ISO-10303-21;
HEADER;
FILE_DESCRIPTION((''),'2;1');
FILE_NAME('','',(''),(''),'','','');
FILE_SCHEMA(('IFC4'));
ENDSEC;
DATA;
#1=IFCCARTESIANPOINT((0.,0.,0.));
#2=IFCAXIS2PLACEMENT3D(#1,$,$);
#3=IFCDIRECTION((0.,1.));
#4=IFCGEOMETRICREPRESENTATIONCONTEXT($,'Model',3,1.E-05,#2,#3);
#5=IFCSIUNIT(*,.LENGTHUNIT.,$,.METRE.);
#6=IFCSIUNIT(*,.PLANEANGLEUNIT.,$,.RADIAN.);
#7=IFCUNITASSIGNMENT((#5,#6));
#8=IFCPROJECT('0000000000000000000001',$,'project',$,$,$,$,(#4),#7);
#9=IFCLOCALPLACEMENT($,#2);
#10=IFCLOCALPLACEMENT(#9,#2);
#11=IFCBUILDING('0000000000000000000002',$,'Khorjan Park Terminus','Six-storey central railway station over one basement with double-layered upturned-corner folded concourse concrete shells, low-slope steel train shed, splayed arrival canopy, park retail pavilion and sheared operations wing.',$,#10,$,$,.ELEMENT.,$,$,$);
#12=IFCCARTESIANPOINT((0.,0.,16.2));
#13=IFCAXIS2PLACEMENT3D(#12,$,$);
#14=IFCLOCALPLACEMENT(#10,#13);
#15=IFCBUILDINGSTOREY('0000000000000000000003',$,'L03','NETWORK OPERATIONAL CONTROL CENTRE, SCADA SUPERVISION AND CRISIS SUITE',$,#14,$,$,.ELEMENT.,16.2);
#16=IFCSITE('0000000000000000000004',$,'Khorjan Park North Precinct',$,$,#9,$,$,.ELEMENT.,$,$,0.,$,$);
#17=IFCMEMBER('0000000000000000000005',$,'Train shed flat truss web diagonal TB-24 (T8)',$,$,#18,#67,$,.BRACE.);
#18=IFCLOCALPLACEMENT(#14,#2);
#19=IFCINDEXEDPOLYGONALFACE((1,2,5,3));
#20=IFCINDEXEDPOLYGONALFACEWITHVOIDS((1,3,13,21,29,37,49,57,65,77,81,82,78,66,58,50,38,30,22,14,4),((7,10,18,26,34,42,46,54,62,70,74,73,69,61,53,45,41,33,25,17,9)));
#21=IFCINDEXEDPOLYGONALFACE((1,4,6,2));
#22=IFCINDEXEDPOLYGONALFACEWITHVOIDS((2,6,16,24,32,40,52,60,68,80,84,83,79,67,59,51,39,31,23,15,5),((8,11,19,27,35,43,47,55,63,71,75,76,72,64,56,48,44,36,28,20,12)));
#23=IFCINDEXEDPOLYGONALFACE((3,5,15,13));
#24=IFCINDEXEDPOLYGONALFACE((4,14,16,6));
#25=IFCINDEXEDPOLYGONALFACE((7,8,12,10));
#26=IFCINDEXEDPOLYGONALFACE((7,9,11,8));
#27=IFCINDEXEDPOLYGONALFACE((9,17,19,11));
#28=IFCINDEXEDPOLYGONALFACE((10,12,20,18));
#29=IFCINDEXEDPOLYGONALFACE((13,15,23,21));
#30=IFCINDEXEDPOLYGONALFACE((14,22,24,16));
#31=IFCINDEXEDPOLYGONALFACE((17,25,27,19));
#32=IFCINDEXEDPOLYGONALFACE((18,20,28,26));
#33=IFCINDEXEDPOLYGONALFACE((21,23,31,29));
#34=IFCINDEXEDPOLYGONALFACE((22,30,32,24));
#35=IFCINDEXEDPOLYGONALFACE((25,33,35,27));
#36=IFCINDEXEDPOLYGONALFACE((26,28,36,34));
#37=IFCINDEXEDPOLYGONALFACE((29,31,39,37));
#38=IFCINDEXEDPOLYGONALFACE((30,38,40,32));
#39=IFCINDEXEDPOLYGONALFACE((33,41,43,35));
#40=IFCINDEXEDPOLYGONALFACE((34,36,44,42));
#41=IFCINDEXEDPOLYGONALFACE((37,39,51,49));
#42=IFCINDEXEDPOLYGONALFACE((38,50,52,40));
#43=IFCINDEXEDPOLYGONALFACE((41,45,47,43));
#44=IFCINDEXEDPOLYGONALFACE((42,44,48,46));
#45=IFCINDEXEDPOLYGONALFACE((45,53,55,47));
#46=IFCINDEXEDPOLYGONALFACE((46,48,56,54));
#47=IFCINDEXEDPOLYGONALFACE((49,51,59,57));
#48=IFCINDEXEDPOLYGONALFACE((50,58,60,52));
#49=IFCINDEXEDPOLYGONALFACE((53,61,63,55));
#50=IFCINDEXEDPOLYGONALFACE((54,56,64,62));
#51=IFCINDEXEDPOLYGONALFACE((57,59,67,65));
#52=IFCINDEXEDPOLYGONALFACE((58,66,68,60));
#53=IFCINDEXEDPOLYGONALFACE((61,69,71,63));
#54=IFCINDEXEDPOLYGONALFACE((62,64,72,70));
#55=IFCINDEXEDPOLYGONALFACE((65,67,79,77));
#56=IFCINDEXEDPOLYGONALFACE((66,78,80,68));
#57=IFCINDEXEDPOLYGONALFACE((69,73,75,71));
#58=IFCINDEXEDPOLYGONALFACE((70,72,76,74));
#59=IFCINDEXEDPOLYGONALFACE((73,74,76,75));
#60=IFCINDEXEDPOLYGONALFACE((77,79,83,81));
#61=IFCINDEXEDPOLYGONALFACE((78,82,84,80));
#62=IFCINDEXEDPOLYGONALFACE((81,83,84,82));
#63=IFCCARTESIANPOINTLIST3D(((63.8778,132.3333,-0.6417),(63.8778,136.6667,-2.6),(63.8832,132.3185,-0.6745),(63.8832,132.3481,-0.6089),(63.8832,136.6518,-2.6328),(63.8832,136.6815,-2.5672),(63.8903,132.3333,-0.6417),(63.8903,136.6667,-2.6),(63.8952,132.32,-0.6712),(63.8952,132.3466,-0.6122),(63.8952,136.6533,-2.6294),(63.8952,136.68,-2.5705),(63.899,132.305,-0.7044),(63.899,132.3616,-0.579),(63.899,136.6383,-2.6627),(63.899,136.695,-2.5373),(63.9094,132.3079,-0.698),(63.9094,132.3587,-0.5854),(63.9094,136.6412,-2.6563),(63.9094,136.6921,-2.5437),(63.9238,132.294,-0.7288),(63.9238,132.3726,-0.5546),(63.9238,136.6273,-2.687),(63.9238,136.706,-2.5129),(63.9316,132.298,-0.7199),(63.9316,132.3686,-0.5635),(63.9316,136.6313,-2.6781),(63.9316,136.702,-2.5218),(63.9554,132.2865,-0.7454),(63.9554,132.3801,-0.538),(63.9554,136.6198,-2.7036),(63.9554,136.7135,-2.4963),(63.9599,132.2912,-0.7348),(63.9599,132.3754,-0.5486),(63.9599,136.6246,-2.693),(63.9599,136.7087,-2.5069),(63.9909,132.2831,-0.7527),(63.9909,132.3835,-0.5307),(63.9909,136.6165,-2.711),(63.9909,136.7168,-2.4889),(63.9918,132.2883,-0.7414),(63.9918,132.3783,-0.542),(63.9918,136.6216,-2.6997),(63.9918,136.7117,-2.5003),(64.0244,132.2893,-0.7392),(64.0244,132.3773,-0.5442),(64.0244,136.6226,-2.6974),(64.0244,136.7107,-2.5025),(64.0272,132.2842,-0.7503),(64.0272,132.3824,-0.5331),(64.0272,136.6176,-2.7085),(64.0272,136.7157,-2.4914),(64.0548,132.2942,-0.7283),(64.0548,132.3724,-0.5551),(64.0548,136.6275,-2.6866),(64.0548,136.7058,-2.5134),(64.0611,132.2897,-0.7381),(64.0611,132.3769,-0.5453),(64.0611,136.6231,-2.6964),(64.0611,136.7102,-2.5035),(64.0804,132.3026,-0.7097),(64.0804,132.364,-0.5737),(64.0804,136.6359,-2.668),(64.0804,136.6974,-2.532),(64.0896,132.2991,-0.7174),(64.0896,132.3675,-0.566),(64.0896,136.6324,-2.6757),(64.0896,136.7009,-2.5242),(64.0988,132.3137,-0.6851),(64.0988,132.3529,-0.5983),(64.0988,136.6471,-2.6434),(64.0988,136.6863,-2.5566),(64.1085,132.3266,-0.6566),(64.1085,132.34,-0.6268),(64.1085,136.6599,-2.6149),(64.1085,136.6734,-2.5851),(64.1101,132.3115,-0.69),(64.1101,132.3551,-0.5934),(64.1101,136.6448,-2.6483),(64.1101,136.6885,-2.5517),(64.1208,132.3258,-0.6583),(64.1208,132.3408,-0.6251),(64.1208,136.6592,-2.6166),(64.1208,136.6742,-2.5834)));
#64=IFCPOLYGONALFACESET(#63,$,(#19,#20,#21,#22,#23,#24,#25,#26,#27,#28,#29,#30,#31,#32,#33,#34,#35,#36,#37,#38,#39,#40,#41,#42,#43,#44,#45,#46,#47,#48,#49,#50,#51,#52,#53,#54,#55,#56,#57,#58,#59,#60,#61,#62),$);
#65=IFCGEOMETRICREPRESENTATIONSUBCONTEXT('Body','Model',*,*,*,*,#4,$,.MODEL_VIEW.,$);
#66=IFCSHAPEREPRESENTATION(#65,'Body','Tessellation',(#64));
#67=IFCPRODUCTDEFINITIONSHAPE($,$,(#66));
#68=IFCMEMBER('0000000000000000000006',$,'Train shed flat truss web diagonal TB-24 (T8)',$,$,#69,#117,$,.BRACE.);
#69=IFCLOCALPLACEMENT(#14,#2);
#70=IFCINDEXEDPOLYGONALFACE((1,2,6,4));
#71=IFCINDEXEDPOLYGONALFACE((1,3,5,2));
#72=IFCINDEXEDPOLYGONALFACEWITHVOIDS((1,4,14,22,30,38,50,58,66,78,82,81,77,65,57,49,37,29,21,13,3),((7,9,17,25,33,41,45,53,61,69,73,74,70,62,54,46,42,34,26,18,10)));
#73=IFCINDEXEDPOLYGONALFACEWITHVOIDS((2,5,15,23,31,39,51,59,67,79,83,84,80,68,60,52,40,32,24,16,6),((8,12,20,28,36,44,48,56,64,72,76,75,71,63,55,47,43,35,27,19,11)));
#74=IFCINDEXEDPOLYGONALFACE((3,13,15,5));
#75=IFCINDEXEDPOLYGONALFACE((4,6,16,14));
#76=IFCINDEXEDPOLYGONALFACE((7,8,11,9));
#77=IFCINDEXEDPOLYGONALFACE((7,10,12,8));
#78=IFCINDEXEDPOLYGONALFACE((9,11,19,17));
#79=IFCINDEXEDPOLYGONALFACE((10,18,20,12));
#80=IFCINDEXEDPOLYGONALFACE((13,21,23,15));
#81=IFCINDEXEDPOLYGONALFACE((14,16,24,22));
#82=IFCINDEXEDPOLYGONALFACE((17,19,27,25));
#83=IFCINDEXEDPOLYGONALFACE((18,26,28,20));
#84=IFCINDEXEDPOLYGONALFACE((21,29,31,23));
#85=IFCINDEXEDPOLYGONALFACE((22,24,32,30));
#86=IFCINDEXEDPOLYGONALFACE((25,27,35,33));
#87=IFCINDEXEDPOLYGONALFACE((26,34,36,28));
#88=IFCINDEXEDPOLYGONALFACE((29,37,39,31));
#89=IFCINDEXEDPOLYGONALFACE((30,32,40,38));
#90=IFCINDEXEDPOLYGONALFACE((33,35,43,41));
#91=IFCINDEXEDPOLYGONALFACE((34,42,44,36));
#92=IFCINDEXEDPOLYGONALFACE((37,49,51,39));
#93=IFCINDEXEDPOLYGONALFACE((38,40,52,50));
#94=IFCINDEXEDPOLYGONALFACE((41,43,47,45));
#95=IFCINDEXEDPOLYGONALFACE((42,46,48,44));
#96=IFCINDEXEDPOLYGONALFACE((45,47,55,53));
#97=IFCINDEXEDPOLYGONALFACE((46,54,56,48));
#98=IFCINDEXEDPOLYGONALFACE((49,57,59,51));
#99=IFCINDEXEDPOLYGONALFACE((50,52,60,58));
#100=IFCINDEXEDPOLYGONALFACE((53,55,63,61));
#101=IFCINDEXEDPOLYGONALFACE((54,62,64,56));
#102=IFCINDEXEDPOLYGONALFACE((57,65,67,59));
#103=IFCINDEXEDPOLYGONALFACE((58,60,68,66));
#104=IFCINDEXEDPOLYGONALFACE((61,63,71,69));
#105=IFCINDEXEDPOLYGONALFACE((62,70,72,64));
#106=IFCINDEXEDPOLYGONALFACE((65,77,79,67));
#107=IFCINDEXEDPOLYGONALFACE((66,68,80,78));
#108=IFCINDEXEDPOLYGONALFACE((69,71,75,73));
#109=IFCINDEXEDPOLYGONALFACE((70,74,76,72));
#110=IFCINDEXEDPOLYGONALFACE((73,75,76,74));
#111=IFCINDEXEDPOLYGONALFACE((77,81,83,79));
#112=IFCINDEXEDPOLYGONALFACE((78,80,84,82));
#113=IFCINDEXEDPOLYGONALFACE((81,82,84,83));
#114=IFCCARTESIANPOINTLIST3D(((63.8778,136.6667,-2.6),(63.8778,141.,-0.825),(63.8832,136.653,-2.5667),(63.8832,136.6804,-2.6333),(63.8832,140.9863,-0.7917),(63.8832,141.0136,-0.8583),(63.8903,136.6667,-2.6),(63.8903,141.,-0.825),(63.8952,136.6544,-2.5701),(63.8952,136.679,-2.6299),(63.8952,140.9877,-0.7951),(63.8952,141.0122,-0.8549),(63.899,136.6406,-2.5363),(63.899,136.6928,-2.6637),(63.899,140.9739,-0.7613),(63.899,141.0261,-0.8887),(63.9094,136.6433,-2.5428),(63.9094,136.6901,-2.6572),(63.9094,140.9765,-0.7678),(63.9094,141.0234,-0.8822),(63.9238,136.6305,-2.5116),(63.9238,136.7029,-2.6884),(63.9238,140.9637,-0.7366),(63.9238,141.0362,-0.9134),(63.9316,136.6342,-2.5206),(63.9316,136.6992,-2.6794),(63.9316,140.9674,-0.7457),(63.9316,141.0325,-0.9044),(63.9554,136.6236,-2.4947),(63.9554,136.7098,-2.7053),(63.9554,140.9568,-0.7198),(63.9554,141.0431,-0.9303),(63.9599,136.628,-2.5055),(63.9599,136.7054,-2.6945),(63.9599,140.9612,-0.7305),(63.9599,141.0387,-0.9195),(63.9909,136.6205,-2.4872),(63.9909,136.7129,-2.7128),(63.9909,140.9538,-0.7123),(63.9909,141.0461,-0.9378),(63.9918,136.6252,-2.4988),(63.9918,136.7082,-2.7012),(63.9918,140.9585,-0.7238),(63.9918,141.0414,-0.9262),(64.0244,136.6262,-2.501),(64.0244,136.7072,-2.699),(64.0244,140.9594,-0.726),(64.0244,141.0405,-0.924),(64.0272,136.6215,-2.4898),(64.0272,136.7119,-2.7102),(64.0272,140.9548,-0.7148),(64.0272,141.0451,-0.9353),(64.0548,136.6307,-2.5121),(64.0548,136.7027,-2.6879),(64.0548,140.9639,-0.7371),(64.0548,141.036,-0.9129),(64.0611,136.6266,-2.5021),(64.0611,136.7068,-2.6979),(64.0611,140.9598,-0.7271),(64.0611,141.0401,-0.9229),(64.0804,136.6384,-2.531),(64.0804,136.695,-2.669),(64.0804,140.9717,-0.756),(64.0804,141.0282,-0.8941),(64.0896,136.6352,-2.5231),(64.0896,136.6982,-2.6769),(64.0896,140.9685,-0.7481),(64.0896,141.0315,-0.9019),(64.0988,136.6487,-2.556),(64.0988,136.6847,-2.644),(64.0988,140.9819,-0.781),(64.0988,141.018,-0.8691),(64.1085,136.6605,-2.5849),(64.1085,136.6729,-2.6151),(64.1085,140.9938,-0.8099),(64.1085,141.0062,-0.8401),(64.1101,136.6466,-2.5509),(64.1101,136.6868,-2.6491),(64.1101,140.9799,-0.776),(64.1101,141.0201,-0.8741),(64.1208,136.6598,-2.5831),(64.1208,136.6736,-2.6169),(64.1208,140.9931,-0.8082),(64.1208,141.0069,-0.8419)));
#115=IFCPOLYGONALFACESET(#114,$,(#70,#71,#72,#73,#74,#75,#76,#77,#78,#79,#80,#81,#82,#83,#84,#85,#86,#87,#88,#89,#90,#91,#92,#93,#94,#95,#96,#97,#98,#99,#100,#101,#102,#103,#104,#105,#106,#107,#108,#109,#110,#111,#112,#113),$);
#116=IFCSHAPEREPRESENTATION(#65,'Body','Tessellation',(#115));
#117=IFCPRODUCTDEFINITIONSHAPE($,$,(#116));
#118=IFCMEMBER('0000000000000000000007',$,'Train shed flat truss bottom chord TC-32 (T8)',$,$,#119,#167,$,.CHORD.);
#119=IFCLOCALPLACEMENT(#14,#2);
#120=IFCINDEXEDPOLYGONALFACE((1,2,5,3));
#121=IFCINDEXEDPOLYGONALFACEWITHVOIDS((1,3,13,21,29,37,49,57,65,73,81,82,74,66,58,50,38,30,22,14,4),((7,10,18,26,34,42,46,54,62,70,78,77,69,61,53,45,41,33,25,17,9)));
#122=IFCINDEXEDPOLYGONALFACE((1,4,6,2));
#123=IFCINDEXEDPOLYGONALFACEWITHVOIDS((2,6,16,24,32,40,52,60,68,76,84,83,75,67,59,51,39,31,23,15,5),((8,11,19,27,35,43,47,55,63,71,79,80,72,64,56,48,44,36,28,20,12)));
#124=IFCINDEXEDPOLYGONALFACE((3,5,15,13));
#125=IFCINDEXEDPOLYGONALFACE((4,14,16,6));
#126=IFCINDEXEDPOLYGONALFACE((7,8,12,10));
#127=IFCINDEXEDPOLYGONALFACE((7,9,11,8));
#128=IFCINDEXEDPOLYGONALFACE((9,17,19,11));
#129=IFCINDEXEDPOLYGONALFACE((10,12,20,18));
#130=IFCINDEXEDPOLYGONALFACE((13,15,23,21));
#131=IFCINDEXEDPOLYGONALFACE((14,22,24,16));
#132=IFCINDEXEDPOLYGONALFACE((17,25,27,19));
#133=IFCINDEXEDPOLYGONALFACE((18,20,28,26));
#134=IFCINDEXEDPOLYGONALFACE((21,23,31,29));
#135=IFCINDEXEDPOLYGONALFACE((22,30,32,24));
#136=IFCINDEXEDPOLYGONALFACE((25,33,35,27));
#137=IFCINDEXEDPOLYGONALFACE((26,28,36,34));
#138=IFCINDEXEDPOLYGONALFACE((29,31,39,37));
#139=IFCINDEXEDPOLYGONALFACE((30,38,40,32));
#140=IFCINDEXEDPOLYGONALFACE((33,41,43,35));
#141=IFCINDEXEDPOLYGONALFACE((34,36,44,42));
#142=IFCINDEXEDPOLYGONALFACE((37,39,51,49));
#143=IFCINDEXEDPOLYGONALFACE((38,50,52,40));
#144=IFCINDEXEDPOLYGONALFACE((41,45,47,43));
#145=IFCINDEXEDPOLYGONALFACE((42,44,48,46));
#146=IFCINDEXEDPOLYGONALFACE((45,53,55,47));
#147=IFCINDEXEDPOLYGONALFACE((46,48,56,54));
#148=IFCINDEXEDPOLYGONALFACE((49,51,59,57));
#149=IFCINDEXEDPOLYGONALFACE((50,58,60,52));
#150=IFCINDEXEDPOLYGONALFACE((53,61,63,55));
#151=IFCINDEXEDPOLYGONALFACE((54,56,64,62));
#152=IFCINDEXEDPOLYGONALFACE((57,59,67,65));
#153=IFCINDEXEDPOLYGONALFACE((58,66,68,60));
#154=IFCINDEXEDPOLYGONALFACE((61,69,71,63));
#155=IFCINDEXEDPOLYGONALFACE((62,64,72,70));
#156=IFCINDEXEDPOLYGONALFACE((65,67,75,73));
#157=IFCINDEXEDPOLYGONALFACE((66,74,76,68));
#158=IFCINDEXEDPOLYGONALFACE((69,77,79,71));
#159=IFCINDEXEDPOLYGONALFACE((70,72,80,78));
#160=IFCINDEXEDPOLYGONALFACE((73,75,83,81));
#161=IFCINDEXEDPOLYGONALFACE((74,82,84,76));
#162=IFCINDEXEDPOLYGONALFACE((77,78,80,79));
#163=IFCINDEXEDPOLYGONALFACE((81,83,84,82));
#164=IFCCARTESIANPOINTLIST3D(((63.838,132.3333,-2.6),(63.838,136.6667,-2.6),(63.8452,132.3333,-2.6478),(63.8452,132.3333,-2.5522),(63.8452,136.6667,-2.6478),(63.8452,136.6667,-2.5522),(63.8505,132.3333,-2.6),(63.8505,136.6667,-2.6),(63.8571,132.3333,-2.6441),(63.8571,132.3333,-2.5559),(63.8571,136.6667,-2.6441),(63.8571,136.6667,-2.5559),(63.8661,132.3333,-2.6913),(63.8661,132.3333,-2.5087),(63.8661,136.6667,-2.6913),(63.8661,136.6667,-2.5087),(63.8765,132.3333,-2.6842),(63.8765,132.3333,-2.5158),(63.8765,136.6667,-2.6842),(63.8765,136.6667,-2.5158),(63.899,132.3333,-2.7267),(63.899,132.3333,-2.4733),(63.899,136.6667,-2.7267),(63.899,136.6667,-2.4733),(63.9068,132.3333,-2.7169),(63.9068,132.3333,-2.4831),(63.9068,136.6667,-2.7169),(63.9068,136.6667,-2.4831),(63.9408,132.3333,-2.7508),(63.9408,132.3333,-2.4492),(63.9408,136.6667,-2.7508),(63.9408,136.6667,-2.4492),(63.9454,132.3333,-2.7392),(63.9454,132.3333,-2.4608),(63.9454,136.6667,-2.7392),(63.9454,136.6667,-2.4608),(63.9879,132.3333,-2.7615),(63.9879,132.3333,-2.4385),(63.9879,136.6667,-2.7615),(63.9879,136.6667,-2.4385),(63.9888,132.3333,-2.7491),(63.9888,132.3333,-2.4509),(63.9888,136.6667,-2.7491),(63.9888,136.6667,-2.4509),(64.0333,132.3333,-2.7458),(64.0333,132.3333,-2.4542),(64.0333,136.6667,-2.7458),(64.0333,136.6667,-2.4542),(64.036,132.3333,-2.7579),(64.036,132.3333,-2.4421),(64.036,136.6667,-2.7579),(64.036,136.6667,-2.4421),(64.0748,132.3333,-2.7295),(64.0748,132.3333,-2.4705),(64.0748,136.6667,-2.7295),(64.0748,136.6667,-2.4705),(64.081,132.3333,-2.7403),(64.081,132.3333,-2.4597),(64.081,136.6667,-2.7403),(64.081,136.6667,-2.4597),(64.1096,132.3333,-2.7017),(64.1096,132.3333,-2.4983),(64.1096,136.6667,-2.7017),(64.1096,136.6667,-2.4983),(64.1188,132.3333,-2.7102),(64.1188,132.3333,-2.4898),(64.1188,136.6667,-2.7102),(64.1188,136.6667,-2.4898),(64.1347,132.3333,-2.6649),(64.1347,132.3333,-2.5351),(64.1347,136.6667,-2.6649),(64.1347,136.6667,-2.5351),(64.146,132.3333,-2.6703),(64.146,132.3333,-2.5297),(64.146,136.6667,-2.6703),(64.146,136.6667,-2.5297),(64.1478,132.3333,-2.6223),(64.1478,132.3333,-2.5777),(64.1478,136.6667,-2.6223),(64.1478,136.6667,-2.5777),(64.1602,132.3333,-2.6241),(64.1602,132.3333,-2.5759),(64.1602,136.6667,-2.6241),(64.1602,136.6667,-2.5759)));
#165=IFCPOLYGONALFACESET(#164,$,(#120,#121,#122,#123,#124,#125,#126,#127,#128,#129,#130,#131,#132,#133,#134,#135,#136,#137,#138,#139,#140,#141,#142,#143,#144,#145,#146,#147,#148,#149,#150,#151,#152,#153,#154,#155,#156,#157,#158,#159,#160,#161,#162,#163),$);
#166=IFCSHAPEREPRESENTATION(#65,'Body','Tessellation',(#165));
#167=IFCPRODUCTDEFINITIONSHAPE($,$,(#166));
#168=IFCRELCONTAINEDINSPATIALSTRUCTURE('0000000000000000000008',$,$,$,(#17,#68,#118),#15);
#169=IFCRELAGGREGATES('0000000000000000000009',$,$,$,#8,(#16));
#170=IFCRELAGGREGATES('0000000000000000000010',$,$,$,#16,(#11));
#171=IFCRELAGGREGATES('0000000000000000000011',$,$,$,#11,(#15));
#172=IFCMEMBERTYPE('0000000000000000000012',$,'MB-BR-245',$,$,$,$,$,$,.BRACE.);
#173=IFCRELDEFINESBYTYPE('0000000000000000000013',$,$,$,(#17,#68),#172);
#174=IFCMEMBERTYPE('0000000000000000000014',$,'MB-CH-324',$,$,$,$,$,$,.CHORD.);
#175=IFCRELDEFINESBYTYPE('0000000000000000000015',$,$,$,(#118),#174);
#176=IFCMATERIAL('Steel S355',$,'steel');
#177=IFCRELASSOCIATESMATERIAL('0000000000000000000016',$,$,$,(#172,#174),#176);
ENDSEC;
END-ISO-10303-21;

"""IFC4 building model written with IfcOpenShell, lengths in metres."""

from ifc_helpers import new_model, si_unit, direction, frame, origin, origin_2d, place, context, subcontext, project, spatial, hollow_circle, extrude, material, material_profile, profile_set, type_object, element, save


model = new_model("IFC4")

# Units and contexts
model_context = context("Model", 3, precision=1e-05, world=origin(), true_north=direction((0.0, 1.0)))
body_context = subcontext(model_context, "Body", "Model", "MODEL_VIEW")
ifc_project = project(units=[si_unit("LENGTHUNIT", "METRE"), si_unit("PLANEANGLEUNIT", "RADIAN")], contexts=[model_context])

# Site, building, storey
site_placement = place(None, origin())
site = spatial("IfcSite", under=ifc_project, at=site_placement, Name="Khorjan Park North Precinct", CompositionType="ELEMENT", RefElevation=0.0)
building_placement = place(site_placement, origin())
building = spatial("IfcBuilding", under=site, at=building_placement, Name="Khorjan Park Terminus", Description="Six-storey central railway station over one basement with double-layered upturned-corner folded concourse concrete shells, low-slope steel train shed, splayed arrival canopy, park retail pavilion and sheared operations wing.", CompositionType="ELEMENT")
storey_placement = place(building_placement, frame((0.0, 0.0, 16.2)))
storey = spatial("IfcBuildingStorey", under=building, at=storey_placement, Name="L03", Description="NETWORK OPERATIONAL CONTROL CENTRE, SCADA SUPERVISION AND CRISIS SUITE", CompositionType="ELEMENT", Elevation=16.2)

# Members
ifc_material_1 = material(Name="Steel S355", Category="steel")
ifc_material_profile_1 = material_profile(ifc_material_1, hollow_circle(Radius=0.1222, WallThickness=0.0125, at=origin_2d()), Name="CHS 244.5x12.5")
ifc_profile_set_1 = profile_set([ifc_material_profile_1], Name="Steel S355")
member_type_1 = type_object("IfcMemberType", Name="MB-BR-245", PredefinedType="BRACE", material=ifc_profile_set_1)
member_1_placement = place(storey_placement, frame((64.0, 132.3333, -0.6417), z_axis=(0.0, 0.91127, -0.41181), x_axis=(-1.0, 0.0, 0.0)))
element("IfcMember", 1, at=member_1_placement, inside=storey, type_object=member_type_1, Name="Train shed flat truss web diagonal TB-24 (T8)", PredefinedType="BRACE", context=body_context, shape_type="SweptSolid", body=[
    extrude(hollow_circle(Radius=0.1222, WallThickness=0.0125, at=origin_2d()), origin(), (0.0, 0.0, 1.0), 4.7553),
])
member_2_placement = place(storey_placement, frame((64.0, 136.6667, -2.6), z_axis=(0.0, 0.925376, 0.379051), x_axis=(-1.0, 0.0, 0.0)))
element("IfcMember", 2, at=member_2_placement, inside=storey, type_object=member_type_1, Name="Train shed flat truss web diagonal TB-24 (T8)", PredefinedType="BRACE", context=body_context, shape_type="SweptSolid", body=[
    extrude(hollow_circle(Radius=0.1222, WallThickness=0.0125, at=origin_2d()), origin(), (0.0, 0.0, 1.0), 4.6827),
])
ifc_material_profile_2 = material_profile(ifc_material_1, hollow_circle(Radius=0.162, WallThickness=0.0125, at=origin_2d()), Name="CHS 323.9x12.5")
ifc_profile_set_2 = profile_set([ifc_material_profile_2], Name="Steel S355")
member_type_2 = type_object("IfcMemberType", Name="MB-CH-324", PredefinedType="CHORD", material=ifc_profile_set_2)
member_3_placement = place(storey_placement, frame((64.0, 132.3333, -2.6), z_axis=(0.0, 1.0, 0.0), x_axis=(-1.0, 0.0, 0.0)))
element("IfcMember", 3, at=member_3_placement, inside=storey, type_object=member_type_2, Name="Train shed flat truss bottom chord TC-32 (T8)", PredefinedType="CHORD", context=body_context, shape_type="SweptSolid", body=[
    extrude(hollow_circle(Radius=0.162, WallThickness=0.0125, at=origin_2d()), origin(), (0.0, 0.0, 1.0), 4.3334),
])

save(model, "model.ifc")
